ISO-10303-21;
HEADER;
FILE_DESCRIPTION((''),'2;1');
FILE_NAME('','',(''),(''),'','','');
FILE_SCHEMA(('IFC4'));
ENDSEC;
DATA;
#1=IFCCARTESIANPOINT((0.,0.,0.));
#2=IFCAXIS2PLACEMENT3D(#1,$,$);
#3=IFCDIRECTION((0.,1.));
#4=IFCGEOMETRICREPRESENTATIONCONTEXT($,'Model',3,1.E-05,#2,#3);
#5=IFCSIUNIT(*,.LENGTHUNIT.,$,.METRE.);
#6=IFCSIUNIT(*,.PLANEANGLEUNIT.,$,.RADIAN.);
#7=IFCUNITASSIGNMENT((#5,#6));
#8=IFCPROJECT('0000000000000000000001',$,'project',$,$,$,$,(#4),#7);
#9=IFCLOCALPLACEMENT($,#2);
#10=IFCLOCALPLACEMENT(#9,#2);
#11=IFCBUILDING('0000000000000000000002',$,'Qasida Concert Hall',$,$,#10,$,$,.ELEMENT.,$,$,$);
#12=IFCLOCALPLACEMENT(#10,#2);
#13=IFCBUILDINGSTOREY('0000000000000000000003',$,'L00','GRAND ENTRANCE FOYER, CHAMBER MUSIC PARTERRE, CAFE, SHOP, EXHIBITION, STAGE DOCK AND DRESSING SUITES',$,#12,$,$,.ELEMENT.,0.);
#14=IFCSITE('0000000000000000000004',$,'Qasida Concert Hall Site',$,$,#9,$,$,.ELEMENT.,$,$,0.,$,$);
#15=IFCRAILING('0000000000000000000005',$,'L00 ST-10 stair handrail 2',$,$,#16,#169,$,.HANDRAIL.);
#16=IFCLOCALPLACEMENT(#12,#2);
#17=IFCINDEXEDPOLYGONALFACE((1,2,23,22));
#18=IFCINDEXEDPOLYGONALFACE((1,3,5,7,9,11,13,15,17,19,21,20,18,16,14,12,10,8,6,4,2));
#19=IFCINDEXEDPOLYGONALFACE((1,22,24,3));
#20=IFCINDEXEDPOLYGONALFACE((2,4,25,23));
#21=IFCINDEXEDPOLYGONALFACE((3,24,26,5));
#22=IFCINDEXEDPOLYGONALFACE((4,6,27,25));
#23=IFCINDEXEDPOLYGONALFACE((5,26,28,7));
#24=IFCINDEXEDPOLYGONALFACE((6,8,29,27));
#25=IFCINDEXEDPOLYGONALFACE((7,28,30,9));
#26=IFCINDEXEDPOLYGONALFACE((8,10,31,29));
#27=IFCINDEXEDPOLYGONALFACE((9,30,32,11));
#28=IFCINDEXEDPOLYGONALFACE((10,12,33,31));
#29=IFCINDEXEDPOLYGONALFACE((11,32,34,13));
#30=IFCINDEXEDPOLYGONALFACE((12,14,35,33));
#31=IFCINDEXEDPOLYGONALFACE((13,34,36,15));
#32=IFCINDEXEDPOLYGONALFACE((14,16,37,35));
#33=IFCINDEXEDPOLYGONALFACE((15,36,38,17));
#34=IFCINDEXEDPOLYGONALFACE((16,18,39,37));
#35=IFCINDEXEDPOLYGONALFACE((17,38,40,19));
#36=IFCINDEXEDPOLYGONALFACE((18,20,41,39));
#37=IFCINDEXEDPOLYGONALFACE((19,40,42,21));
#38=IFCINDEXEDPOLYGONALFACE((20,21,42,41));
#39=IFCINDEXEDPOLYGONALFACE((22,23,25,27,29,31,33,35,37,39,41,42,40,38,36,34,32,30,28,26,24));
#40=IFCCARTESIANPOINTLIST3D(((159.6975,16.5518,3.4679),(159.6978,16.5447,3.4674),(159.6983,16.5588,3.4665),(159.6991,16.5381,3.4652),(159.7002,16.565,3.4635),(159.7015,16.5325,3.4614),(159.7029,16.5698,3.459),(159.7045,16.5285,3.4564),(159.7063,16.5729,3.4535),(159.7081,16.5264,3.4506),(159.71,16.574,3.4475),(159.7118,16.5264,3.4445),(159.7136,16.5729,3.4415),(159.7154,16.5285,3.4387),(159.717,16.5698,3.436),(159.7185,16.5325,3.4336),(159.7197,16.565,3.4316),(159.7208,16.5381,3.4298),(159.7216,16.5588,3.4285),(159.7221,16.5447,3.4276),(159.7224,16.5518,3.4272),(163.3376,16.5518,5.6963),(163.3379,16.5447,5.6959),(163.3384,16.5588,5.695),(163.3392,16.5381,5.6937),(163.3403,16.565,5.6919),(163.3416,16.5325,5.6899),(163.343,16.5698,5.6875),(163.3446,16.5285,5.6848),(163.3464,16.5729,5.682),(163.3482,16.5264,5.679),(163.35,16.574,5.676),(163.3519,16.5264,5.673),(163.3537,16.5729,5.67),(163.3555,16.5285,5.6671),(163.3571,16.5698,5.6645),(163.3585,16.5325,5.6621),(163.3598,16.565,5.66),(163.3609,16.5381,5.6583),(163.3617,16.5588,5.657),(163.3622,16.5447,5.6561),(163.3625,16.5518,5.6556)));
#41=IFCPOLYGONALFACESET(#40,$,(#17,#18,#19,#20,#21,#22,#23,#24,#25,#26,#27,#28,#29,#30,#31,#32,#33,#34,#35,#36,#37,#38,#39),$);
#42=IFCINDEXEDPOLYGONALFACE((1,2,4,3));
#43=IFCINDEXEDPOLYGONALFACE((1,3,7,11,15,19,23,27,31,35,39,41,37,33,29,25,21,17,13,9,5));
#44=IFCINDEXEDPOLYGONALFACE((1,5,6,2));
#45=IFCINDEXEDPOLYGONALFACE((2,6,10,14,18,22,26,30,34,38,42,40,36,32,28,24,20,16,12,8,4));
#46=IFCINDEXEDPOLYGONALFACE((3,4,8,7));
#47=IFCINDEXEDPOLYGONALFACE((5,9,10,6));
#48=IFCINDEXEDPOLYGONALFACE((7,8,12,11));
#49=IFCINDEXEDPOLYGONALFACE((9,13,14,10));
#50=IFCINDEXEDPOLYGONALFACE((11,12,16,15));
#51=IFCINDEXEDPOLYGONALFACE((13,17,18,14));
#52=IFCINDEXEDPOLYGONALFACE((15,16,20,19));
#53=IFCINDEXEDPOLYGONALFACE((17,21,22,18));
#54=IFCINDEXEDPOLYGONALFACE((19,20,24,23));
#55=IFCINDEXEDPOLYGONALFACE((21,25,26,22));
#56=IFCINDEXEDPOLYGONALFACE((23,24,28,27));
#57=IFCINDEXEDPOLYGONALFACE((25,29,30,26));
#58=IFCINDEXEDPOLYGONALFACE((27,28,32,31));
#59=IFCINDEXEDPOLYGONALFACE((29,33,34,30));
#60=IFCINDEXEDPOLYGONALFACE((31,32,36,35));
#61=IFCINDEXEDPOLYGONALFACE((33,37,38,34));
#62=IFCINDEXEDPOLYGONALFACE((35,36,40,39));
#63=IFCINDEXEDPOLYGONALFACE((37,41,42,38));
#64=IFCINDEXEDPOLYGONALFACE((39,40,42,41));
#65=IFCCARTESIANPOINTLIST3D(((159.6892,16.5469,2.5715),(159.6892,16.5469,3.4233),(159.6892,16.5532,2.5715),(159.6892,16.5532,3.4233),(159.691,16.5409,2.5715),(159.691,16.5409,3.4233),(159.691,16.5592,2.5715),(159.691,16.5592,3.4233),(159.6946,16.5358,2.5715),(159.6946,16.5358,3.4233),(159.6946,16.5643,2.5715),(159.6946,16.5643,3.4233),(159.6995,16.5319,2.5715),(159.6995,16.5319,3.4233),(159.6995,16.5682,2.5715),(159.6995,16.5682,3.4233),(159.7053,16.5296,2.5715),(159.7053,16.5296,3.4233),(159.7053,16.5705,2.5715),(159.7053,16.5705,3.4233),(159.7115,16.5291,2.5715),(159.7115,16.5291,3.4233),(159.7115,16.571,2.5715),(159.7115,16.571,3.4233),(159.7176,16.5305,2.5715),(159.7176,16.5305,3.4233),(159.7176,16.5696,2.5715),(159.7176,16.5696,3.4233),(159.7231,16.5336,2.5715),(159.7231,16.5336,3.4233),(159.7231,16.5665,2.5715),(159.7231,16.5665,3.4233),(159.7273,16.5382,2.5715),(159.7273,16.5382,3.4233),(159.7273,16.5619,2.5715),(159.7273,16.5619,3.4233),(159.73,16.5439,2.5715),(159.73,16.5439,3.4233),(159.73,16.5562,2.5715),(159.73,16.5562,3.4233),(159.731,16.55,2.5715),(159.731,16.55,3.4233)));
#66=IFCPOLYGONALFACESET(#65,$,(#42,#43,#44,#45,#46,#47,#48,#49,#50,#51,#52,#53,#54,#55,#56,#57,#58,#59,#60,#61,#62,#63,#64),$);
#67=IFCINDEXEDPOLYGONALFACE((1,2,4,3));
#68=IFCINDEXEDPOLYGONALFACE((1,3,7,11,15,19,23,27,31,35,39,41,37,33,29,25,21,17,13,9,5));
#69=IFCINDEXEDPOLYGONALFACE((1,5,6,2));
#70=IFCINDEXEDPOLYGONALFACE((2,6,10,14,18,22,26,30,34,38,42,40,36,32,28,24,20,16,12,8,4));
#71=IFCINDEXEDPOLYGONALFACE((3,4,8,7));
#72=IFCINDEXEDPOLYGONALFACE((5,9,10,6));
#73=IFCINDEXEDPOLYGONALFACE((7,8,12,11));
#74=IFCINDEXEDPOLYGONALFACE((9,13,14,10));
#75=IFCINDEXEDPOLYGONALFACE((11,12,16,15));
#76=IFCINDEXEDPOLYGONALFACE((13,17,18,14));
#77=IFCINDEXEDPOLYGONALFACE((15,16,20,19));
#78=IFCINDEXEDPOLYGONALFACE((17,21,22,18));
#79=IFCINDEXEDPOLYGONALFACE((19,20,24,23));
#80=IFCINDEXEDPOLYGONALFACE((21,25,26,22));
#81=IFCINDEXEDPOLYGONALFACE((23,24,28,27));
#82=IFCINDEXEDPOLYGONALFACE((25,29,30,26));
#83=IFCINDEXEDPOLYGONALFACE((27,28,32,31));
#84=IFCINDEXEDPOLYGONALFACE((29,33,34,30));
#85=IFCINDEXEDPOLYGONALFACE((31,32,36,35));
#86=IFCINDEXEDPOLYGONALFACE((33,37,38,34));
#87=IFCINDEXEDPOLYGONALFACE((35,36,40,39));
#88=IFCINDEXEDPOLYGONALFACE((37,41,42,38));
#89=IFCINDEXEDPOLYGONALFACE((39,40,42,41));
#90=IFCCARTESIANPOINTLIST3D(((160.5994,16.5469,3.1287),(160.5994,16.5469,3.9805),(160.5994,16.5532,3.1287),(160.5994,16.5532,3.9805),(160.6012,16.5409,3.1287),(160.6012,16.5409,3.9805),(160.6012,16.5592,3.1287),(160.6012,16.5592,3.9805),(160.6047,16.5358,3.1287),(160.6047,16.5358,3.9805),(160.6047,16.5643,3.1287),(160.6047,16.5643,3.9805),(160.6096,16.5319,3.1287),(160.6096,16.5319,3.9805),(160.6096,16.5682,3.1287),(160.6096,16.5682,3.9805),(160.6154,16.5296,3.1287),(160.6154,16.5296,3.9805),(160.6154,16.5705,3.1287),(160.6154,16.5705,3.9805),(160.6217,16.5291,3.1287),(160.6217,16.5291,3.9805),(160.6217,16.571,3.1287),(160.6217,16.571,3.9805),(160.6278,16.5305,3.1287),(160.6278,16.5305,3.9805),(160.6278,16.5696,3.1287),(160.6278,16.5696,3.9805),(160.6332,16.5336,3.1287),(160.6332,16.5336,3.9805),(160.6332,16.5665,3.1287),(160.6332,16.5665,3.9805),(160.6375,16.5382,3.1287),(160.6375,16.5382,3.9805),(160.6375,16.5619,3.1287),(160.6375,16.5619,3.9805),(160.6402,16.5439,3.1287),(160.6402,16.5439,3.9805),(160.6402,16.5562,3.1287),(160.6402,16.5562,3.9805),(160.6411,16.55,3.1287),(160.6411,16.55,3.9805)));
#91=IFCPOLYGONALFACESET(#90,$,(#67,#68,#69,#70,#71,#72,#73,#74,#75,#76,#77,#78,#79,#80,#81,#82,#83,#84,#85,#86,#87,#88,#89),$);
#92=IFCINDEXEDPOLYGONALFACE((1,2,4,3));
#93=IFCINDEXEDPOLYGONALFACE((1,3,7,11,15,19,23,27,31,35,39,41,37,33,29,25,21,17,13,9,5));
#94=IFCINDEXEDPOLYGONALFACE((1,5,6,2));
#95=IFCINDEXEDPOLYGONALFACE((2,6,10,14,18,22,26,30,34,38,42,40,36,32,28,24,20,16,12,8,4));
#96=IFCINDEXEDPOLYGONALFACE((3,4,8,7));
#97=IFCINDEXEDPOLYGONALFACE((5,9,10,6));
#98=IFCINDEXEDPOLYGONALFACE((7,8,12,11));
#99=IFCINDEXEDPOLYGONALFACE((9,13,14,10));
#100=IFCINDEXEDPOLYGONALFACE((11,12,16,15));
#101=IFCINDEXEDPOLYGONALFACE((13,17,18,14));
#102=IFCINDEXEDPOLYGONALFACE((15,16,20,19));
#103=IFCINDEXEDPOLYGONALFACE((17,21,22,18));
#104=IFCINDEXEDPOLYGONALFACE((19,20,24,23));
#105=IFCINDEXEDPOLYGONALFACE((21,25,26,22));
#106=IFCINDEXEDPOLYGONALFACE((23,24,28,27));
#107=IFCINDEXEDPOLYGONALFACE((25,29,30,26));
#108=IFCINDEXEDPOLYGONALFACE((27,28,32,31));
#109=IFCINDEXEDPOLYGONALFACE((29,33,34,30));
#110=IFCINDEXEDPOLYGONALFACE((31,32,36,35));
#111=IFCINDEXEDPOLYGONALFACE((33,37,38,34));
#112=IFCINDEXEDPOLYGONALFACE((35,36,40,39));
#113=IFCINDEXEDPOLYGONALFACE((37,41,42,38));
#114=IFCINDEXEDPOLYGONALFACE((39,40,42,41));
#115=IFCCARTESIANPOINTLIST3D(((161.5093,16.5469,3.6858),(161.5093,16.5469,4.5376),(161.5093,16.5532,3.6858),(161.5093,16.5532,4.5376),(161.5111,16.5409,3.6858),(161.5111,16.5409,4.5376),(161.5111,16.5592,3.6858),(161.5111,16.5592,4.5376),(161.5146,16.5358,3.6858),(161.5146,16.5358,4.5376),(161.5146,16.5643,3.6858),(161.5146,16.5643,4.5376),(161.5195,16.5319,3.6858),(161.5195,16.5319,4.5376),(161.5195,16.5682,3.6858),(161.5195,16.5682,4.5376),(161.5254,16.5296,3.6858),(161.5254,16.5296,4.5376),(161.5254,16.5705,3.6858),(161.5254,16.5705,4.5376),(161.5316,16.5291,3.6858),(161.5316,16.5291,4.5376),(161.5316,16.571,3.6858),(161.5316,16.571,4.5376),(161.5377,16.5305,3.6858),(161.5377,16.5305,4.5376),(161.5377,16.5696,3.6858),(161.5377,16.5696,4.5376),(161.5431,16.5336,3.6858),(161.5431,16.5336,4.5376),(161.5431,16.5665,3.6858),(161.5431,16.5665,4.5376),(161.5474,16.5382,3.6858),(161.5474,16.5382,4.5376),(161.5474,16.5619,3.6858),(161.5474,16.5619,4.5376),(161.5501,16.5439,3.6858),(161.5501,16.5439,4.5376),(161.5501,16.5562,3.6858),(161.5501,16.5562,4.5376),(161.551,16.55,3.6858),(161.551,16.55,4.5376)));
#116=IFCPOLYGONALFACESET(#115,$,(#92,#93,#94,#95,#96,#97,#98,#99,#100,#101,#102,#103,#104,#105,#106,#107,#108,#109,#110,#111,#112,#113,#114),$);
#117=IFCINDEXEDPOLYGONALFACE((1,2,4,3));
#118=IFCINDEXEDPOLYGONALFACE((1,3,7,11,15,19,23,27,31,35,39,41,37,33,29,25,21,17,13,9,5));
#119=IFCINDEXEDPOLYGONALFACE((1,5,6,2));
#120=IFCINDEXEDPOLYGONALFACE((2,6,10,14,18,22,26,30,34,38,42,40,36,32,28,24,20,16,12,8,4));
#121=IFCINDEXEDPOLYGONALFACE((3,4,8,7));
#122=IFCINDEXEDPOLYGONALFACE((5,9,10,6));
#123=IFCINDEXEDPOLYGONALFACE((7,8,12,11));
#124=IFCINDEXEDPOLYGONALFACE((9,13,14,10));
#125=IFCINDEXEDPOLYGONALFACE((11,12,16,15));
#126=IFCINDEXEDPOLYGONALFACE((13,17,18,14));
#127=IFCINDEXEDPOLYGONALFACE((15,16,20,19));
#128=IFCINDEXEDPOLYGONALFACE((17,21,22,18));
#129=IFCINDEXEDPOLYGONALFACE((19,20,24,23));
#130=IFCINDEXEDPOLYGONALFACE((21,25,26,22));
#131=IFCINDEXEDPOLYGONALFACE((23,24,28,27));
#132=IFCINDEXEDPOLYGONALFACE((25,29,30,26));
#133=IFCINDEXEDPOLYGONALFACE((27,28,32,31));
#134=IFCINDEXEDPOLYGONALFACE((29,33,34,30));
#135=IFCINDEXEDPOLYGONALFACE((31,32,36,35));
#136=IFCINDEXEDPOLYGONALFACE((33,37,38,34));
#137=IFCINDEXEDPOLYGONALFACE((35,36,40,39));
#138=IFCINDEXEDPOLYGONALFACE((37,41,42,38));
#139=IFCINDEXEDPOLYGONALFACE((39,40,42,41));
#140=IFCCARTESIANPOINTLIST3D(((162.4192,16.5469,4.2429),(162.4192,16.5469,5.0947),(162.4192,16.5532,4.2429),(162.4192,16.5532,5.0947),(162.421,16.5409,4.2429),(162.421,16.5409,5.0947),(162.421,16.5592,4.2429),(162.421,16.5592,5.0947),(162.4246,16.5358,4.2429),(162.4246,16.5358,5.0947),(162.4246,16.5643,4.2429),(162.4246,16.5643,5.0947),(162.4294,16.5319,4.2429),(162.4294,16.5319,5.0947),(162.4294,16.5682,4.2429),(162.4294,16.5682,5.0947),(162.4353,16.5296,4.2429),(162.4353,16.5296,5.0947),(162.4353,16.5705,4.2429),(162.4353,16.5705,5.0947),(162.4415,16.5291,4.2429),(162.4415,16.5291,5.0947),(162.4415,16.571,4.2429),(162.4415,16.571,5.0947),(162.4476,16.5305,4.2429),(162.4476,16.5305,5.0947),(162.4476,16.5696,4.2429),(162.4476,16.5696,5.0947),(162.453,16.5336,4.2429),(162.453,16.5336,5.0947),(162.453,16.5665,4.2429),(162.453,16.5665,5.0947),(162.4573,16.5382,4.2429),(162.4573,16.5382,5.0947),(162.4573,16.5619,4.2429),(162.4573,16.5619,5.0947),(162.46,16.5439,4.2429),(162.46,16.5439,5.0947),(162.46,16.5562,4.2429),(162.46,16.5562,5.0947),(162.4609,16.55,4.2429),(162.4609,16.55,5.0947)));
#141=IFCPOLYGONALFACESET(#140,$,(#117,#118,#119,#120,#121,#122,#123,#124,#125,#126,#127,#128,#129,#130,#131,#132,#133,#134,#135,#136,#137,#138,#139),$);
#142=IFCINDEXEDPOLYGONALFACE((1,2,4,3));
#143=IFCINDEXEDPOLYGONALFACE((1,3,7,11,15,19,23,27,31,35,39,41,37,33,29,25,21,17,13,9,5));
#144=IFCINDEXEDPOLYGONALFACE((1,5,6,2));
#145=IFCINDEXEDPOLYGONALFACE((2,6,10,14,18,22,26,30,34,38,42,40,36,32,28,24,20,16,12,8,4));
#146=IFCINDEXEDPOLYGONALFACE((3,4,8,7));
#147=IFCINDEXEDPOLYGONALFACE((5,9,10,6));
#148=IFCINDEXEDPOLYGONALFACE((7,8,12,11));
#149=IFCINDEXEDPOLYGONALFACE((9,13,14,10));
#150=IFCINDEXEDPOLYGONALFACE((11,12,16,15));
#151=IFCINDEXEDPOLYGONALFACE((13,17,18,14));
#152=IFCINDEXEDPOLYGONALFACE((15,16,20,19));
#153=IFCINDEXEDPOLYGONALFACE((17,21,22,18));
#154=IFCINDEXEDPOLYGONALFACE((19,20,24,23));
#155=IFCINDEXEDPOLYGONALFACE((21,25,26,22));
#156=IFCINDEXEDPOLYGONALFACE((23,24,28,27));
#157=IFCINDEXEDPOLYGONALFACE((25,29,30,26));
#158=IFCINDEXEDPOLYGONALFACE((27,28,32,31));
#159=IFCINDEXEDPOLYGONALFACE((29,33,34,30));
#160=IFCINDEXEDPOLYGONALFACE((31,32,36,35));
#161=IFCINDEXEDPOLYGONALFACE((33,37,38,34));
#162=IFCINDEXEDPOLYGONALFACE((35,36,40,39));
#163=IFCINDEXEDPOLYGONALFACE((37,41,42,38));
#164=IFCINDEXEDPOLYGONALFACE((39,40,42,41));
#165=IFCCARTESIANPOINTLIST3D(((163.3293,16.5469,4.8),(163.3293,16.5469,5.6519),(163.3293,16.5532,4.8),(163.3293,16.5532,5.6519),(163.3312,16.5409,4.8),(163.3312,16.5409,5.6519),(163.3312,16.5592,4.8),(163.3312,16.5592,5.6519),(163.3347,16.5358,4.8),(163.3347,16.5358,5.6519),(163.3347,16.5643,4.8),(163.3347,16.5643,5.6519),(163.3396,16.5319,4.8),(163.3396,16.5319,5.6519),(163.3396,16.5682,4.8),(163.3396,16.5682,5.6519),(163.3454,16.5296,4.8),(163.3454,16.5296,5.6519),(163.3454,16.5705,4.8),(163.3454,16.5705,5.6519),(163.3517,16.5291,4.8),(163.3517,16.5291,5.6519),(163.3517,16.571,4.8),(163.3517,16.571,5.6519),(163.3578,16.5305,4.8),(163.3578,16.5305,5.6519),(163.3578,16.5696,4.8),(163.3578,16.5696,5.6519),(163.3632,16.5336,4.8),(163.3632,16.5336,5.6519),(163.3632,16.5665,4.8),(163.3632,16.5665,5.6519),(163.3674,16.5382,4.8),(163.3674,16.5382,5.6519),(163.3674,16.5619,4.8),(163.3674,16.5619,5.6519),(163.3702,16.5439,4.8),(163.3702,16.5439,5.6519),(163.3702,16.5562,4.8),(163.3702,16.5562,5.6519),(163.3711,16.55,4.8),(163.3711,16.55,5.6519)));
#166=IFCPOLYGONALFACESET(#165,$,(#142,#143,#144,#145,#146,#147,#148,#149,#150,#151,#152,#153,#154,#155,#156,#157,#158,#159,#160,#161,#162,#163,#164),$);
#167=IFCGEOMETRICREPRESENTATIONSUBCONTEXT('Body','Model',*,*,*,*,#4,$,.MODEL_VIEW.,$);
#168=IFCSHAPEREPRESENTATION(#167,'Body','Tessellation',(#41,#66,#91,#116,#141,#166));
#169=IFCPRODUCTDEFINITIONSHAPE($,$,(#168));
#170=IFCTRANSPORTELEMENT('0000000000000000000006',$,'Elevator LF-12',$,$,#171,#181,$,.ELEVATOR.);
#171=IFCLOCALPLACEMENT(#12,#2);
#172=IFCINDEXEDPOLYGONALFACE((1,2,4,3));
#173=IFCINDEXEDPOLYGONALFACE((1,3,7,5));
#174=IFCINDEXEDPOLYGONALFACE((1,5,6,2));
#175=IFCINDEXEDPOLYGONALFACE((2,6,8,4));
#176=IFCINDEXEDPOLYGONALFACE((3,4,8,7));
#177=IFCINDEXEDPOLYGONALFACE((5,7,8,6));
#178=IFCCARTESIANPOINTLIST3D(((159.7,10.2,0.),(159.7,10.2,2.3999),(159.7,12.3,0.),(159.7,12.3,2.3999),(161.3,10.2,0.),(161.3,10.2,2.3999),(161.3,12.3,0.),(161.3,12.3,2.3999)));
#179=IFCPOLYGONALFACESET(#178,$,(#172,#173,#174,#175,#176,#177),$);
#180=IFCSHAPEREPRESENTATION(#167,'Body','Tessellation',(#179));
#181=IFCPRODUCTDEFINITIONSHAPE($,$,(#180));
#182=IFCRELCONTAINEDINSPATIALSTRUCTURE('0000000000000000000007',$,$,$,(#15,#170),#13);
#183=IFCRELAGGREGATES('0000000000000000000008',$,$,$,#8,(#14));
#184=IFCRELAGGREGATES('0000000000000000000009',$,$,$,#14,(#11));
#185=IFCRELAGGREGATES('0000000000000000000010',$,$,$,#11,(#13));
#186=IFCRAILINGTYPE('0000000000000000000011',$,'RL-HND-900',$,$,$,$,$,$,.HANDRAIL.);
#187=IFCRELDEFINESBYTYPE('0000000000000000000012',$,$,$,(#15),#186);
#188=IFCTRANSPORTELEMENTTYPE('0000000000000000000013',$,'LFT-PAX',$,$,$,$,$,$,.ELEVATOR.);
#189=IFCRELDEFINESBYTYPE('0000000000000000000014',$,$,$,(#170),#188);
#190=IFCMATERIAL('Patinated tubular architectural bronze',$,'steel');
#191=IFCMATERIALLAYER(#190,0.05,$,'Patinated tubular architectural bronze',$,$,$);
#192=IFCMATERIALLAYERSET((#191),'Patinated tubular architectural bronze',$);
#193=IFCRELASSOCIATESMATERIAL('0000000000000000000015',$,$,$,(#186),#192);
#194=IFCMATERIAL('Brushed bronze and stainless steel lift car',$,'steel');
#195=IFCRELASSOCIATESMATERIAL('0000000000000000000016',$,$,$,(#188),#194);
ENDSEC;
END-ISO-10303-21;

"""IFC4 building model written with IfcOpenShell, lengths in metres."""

from ifc_helpers import new_model, si_unit, direction, frame, origin, origin_2d, place, context, subcontext, project, spatial, rectangle, circle, extrude, material, layer, layer_set, type_object, element, save


model = new_model("IFC4")

# Units and contexts
model_context = context("Model", 3, precision=1e-05, world=origin(), true_north=direction((0.0, 1.0)))
body_context = subcontext(model_context, "Body", "Model", "MODEL_VIEW")
ifc_project = project(units=[si_unit("LENGTHUNIT", "METRE"), si_unit("PLANEANGLEUNIT", "RADIAN")], contexts=[model_context])

# Site, building, storey
site_placement = place(None, origin())
site = spatial("IfcSite", under=ifc_project, at=site_placement, Name="Qasida Concert Hall Site", CompositionType="ELEMENT", RefElevation=0.0)
building_placement = place(site_placement, origin())
building = spatial("IfcBuilding", under=site, at=building_placement, Name="Qasida Concert Hall", CompositionType="ELEMENT")
storey_placement = place(building_placement, origin())
storey = spatial("IfcBuildingStorey", under=building, at=storey_placement, Name="L00", Description="GRAND ENTRANCE FOYER, CHAMBER MUSIC PARTERRE, CAFE, SHOP, EXHIBITION, STAGE DOCK AND DRESSING SUITES", CompositionType="ELEMENT", Elevation=0.0)

# Railing
ifc_material_1 = material(Name="Patinated tubular architectural bronze", Category="steel")
ifc_layer_1 = layer(ifc_material_1, 0.05, Name="Patinated tubular architectural bronze")
ifc_layer_set_1 = layer_set([ifc_layer_1], Name="Patinated tubular architectural bronze")
railing_type_1 = type_object("IfcRailingType", Name="RL-HND-900", PredefinedType="HANDRAIL", material=ifc_layer_set_1)
railing_1_placement = place(storey_placement, frame((159.71, 16.55, 2.5715)))
element("IfcRailing", 1, at=railing_1_placement, inside=storey, type_object=railing_type_1, Name="L00 ST-10 stair handrail 2", PredefinedType="HANDRAIL", context=body_context, shape_type="SweptSolid", body=[
    extrude(circle(Radius=0.0239, at=origin_2d()), frame((0.0, 0.0, 0.876), z_axis=(0.852866, 0.0, 0.52213), x_axis=(0.0, 1.0, 0.0)), (0.0, 0.0, 1.0), 4.2681),
    extrude(circle(Radius=0.021, at=origin_2d()), origin(), (0.0, 0.0, 1.0), 0.8518),
    extrude(circle(Radius=0.021, at=origin_2d()), frame((0.9102, 0.0, 0.5571)), (0.0, 0.0, 1.0), 0.8518),
    extrude(circle(Radius=0.021, at=origin_2d()), frame((1.8201, 0.0, 1.1143)), (0.0, 0.0, 1.0), 0.8518),
    extrude(circle(Radius=0.021, at=origin_2d()), frame((2.73, 0.0, 1.6714)), (0.0, 0.0, 1.0), 0.8518),
    extrude(circle(Radius=0.021, at=origin_2d()), frame((3.6401, 0.0, 2.2285)), (0.0, 0.0, 1.0), 0.8518),
])

# Transport element
ifc_material_2 = material(Name="Brushed bronze and stainless steel lift car", Category="steel")
transport_element_type = type_object("IfcTransportElementType", Name="LFT-PAX", PredefinedType="ELEVATOR", material=ifc_material_2)
transport_element_placement = place(storey_placement, frame((160.5, 11.25, 0.0), z_axis=(0.0, 0.0, 1.0), x_axis=(1.0, 0.0, 0.0)))
element("IfcTransportElement", 2, at=transport_element_placement, inside=storey, type_object=transport_element_type, Name="Elevator LF-12", PredefinedType="ELEVATOR", context=body_context, shape_type="SweptSolid", body=[
    extrude(rectangle(XDim=1.6001, YDim=2.1001, at=origin_2d()), origin(), (0.0, 0.0, 1.0), 2.3999),
])

save(model, "model.ifc")
